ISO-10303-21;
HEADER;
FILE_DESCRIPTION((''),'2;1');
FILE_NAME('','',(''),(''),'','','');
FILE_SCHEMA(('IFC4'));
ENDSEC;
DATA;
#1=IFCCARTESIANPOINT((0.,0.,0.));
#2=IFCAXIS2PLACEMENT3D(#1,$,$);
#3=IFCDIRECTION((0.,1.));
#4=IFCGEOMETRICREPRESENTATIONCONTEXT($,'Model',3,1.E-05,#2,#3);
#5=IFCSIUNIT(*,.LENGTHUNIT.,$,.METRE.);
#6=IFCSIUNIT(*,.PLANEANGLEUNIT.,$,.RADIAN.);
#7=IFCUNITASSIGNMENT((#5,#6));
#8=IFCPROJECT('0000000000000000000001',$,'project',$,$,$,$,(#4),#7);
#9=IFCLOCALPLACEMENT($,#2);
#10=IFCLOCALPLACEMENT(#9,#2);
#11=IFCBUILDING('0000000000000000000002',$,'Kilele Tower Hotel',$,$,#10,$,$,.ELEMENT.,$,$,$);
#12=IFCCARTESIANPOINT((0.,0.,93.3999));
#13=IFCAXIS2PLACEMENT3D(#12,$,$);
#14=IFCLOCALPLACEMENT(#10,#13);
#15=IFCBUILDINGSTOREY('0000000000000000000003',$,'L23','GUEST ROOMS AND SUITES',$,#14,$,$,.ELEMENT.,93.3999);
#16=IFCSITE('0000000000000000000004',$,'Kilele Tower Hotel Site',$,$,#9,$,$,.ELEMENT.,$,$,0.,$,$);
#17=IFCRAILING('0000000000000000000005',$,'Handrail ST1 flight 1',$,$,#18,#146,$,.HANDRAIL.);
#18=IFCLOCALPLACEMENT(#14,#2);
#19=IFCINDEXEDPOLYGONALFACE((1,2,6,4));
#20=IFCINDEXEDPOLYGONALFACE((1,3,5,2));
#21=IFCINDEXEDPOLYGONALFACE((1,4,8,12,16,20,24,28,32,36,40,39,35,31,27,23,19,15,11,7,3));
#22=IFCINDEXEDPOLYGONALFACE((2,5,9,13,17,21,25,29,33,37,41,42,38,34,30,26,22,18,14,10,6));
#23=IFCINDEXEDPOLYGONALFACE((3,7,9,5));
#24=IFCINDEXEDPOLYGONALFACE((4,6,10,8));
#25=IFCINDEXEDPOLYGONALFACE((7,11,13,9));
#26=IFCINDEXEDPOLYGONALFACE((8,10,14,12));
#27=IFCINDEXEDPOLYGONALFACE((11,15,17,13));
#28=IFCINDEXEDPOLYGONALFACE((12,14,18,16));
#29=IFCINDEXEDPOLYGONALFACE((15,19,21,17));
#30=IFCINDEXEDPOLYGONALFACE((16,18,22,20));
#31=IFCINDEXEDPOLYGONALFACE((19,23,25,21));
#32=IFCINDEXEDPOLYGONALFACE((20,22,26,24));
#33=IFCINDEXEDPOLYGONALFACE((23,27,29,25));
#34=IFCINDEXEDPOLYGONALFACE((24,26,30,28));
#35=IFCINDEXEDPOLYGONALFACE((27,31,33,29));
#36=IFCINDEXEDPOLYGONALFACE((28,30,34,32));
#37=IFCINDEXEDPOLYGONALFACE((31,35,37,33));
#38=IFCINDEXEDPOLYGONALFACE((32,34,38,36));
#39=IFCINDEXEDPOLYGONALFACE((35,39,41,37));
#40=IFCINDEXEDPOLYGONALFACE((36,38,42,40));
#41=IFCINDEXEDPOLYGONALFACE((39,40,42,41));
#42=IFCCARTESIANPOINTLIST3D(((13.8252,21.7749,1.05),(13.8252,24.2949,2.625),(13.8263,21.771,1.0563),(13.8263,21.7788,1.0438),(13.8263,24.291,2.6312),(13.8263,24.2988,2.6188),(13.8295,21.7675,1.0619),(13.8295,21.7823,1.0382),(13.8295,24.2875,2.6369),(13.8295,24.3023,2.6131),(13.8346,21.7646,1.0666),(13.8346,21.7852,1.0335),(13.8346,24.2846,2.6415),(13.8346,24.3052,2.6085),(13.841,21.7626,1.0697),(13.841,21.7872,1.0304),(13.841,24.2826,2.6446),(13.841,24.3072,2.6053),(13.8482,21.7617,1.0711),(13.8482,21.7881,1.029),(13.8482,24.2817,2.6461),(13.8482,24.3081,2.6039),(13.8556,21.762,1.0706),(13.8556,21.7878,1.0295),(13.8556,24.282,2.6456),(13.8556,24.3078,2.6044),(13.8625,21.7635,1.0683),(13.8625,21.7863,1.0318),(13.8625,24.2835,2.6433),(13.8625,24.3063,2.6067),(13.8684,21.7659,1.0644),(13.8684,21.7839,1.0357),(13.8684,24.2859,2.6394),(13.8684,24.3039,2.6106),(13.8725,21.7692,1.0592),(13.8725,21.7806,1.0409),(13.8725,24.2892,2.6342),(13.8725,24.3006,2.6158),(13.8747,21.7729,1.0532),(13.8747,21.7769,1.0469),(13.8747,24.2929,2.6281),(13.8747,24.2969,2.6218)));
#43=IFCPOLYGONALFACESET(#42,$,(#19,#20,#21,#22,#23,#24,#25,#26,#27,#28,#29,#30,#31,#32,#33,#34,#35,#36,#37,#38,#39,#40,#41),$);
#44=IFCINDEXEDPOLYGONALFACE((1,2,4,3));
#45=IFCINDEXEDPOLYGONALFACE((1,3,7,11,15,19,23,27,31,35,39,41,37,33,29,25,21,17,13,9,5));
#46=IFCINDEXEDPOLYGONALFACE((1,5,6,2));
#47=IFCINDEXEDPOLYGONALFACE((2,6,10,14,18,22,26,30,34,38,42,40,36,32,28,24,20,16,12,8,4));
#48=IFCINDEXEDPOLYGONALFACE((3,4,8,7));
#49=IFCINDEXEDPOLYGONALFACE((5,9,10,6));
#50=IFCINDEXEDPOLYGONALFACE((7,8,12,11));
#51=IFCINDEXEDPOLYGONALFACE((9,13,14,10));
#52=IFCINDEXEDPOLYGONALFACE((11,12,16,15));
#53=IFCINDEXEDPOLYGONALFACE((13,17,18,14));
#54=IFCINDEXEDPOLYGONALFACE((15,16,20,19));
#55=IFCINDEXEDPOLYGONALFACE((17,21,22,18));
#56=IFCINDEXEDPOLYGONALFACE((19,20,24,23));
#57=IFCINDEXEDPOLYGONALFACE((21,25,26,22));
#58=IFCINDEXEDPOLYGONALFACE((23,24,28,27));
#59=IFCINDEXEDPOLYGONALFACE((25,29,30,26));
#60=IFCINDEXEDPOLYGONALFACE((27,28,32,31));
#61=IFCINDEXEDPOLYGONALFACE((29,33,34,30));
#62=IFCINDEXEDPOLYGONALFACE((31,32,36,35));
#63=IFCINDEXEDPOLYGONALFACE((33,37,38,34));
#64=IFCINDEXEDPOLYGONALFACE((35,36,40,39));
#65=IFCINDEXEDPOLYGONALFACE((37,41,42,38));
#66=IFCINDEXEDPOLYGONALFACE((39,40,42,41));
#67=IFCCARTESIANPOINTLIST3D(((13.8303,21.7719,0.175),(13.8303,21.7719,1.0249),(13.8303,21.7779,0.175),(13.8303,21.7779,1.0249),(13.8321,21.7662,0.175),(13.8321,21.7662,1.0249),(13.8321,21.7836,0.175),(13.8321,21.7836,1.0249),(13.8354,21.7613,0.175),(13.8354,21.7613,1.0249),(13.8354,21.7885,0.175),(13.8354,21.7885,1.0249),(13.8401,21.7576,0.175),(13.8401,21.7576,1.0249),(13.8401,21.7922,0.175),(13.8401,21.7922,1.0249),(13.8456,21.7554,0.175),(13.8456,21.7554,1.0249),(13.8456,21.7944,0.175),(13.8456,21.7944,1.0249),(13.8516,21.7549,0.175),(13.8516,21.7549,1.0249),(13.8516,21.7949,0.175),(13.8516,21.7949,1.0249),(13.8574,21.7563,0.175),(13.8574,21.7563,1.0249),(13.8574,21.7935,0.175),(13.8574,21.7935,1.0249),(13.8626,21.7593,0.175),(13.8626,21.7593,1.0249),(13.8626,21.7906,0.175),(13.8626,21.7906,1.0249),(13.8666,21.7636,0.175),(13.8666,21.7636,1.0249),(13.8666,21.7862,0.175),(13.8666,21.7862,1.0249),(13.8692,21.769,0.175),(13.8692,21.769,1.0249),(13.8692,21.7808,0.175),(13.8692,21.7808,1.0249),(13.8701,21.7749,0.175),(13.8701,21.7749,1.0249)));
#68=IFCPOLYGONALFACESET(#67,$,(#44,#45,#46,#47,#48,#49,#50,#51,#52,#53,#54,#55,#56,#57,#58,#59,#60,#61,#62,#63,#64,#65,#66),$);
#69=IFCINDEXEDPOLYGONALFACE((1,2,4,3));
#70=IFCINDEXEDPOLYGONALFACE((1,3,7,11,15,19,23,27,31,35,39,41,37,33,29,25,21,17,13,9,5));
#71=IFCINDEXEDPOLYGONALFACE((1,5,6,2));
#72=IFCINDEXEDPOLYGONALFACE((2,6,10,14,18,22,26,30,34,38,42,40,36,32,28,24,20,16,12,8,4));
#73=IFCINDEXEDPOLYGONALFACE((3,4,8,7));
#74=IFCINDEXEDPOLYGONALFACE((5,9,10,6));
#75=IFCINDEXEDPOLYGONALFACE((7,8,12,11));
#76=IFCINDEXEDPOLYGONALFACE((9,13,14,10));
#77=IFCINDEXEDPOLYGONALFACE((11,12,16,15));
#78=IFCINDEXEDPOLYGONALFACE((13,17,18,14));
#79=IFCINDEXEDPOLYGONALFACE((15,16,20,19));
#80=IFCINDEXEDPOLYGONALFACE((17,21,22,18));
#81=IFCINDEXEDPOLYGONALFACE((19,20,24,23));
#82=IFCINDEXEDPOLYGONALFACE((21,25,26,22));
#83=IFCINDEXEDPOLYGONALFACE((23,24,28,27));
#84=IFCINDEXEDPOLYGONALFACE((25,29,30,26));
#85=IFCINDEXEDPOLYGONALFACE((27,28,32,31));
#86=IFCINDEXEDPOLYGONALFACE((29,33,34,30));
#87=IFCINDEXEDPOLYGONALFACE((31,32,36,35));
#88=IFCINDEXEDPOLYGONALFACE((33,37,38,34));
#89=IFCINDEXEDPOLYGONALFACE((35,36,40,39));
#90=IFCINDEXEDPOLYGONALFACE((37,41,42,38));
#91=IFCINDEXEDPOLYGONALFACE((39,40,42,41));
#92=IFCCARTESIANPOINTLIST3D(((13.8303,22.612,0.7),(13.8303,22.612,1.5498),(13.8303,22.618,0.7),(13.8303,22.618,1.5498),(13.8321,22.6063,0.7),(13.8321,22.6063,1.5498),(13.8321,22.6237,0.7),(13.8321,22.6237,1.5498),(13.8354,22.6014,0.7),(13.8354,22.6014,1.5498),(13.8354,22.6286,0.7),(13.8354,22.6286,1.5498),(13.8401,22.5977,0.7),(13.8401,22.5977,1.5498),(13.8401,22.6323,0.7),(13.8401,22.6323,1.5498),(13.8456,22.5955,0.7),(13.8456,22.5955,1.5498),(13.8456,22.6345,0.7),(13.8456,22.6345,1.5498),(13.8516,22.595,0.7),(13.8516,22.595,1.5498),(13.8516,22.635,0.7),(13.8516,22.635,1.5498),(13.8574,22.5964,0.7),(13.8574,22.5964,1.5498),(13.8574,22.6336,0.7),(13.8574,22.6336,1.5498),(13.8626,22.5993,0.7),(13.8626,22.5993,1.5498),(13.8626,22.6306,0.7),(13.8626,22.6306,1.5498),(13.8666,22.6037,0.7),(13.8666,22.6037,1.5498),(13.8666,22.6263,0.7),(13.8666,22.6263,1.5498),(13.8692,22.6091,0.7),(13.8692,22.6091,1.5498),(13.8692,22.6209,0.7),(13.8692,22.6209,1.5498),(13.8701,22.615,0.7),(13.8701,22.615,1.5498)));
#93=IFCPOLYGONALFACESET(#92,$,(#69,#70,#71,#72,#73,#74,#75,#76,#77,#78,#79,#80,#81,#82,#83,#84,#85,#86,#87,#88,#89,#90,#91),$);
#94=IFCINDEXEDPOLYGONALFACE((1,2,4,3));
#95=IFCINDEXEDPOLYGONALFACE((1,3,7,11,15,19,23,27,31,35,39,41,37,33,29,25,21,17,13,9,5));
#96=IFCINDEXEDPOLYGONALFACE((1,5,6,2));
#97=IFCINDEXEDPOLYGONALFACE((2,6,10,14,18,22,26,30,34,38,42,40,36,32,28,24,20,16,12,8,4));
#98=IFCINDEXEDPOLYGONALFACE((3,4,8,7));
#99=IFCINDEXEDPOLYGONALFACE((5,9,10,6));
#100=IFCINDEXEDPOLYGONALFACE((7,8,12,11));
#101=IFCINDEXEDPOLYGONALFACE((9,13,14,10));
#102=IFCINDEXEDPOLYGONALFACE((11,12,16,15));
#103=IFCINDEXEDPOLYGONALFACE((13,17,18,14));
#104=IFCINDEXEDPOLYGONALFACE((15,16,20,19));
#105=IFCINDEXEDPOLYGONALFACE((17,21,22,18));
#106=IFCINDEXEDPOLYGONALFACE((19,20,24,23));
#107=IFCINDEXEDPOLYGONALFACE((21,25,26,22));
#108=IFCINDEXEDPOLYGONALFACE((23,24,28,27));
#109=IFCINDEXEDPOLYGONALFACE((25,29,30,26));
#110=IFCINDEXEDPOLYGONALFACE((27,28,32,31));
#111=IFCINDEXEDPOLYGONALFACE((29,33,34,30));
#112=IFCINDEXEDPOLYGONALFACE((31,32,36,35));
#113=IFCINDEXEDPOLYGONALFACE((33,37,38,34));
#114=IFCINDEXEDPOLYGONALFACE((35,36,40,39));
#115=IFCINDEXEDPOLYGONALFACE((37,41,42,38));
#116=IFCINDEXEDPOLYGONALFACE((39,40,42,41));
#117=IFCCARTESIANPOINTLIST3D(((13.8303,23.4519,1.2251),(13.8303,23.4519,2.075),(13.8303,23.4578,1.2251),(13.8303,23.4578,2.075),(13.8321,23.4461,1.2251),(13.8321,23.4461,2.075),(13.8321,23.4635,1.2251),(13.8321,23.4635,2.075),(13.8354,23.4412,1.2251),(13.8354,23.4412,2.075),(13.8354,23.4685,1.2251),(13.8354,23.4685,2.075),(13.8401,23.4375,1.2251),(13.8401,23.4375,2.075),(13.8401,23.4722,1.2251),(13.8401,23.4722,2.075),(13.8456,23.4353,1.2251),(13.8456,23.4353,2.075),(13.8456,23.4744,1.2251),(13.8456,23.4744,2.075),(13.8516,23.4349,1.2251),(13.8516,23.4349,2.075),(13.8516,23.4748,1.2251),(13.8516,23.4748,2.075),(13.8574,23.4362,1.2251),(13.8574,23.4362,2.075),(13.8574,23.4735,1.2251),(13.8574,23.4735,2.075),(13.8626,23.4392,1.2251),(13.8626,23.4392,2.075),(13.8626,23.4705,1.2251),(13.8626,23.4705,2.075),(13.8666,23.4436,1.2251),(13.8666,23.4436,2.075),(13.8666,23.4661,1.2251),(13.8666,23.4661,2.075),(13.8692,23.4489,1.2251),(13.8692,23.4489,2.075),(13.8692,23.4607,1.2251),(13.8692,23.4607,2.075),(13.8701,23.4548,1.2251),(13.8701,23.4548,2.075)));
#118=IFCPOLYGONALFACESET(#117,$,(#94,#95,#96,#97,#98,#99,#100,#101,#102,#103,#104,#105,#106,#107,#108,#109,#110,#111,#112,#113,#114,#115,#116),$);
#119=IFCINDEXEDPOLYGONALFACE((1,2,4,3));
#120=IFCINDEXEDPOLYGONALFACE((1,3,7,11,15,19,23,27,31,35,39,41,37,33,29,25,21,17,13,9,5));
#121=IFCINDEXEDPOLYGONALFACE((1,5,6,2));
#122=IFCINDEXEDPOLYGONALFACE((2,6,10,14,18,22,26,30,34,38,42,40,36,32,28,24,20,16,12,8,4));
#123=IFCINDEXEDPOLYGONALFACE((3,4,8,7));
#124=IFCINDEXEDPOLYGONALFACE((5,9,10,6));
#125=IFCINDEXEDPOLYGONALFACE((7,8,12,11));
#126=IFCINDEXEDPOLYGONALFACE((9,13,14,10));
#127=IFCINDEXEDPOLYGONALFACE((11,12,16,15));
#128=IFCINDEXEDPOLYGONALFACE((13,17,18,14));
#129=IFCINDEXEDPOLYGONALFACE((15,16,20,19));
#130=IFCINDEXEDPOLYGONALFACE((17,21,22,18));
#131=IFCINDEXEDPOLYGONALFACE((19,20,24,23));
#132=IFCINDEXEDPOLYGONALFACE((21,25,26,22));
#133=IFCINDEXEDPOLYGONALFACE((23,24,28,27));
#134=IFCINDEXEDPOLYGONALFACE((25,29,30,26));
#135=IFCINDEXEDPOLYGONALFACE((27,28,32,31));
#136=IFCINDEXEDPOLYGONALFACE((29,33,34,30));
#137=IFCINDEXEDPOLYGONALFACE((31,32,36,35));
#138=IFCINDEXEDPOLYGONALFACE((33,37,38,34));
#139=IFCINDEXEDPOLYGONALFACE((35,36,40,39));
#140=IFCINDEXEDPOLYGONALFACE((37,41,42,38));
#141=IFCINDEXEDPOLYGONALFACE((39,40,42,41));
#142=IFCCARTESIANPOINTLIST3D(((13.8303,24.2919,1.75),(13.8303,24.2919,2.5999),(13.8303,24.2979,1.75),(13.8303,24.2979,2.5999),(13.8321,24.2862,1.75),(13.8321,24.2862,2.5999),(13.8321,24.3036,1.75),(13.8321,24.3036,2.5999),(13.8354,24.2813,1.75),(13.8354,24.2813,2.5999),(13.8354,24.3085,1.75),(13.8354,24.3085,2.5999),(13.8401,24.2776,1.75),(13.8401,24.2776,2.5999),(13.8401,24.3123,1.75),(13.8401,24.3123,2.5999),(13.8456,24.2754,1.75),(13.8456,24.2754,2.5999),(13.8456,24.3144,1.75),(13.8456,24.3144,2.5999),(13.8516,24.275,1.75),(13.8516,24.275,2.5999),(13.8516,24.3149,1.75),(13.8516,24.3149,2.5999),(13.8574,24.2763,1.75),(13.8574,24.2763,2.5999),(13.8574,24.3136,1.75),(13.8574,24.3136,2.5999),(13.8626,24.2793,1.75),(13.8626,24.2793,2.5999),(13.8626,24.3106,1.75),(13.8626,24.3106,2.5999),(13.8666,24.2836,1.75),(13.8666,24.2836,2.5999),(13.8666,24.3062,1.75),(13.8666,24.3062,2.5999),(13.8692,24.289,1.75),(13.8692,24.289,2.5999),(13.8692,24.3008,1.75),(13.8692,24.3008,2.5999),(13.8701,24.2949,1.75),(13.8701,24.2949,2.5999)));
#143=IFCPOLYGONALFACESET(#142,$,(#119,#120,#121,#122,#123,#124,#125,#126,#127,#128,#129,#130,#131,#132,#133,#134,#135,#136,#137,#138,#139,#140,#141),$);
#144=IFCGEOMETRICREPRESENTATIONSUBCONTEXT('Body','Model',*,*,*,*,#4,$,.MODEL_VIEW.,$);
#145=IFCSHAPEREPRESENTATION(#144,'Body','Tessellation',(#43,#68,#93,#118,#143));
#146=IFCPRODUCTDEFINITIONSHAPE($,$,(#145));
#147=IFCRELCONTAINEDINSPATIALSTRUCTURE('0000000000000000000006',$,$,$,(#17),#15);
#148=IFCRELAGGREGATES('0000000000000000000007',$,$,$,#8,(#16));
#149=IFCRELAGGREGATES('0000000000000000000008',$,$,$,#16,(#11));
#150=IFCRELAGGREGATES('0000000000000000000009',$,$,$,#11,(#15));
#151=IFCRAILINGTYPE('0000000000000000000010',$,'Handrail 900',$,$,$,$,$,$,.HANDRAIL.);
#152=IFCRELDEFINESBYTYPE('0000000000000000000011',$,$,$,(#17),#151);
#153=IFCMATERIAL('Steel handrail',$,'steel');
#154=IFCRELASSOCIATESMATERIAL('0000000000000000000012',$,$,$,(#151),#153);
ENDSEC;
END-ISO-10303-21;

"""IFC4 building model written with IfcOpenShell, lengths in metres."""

from ifc_helpers import new_model, si_unit, direction, frame, origin, origin_2d, place, context, subcontext, project, spatial, circle, extrude, material, type_object, element, save


model = new_model("IFC4")

# Units and contexts
model_context = context("Model", 3, precision=1e-05, world=origin(), true_north=direction((0.0, 1.0)))
body_context = subcontext(model_context, "Body", "Model", "MODEL_VIEW")
ifc_project = project(units=[si_unit("LENGTHUNIT", "METRE"), si_unit("PLANEANGLEUNIT", "RADIAN")], contexts=[model_context])

# Site, building, storey
site_placement = place(None, origin())
site = spatial("IfcSite", under=ifc_project, at=site_placement, Name="Kilele Tower Hotel Site", CompositionType="ELEMENT", RefElevation=0.0)
building_placement = place(site_placement, origin())
building = spatial("IfcBuilding", under=site, at=building_placement, Name="Kilele Tower Hotel", CompositionType="ELEMENT")
storey_placement = place(building_placement, frame((0.0, 0.0, 93.3999)))
storey = spatial("IfcBuildingStorey", under=building, at=storey_placement, Name="L23", Description="GUEST ROOMS AND SUITES", CompositionType="ELEMENT", Elevation=93.3999)

# Railing
ifc_material_1 = material(Name="Steel handrail", Category="steel")
railing_type_1 = type_object("IfcRailingType", Name="Handrail 900", PredefinedType="HANDRAIL", material=ifc_material_1)
for number, where, name in (
    (1, (13.8501, 21.7749, 0.175), "Handrail ST1 flight 1"),
):
    element("IfcRailing", number, at=place(storey_placement, frame(where)), inside=storey, type_object=railing_type_1, Name=name, PredefinedType="HANDRAIL", context=body_context, shape_type="SweptSolid", body=[
        extrude(circle(Radius=0.0249, at=origin_2d()), frame((0.0, 0.0, 0.875), z_axis=(0.0, 0.848008, 0.529984), x_axis=(-1.0, 0.0, 0.0)), (0.0, 0.0, 1.0), 2.9717),
        extrude(circle(Radius=0.02, at=origin_2d()), origin(), (0.0, 0.0, 1.0), 0.8499),
        extrude(circle(Radius=0.02, at=origin_2d()), frame((0.0, 0.8401, 0.5249)), (0.0, 0.0, 1.0), 0.8499),
        extrude(circle(Radius=0.02, at=origin_2d()), frame((0.0, 1.6799, 1.05)), (0.0, 0.0, 1.0), 0.8499),
        extrude(circle(Radius=0.02, at=origin_2d()), frame((0.0, 2.52, 1.575)), (0.0, 0.0, 1.0), 0.8499),
    ])

save(model, "model.ifc")
